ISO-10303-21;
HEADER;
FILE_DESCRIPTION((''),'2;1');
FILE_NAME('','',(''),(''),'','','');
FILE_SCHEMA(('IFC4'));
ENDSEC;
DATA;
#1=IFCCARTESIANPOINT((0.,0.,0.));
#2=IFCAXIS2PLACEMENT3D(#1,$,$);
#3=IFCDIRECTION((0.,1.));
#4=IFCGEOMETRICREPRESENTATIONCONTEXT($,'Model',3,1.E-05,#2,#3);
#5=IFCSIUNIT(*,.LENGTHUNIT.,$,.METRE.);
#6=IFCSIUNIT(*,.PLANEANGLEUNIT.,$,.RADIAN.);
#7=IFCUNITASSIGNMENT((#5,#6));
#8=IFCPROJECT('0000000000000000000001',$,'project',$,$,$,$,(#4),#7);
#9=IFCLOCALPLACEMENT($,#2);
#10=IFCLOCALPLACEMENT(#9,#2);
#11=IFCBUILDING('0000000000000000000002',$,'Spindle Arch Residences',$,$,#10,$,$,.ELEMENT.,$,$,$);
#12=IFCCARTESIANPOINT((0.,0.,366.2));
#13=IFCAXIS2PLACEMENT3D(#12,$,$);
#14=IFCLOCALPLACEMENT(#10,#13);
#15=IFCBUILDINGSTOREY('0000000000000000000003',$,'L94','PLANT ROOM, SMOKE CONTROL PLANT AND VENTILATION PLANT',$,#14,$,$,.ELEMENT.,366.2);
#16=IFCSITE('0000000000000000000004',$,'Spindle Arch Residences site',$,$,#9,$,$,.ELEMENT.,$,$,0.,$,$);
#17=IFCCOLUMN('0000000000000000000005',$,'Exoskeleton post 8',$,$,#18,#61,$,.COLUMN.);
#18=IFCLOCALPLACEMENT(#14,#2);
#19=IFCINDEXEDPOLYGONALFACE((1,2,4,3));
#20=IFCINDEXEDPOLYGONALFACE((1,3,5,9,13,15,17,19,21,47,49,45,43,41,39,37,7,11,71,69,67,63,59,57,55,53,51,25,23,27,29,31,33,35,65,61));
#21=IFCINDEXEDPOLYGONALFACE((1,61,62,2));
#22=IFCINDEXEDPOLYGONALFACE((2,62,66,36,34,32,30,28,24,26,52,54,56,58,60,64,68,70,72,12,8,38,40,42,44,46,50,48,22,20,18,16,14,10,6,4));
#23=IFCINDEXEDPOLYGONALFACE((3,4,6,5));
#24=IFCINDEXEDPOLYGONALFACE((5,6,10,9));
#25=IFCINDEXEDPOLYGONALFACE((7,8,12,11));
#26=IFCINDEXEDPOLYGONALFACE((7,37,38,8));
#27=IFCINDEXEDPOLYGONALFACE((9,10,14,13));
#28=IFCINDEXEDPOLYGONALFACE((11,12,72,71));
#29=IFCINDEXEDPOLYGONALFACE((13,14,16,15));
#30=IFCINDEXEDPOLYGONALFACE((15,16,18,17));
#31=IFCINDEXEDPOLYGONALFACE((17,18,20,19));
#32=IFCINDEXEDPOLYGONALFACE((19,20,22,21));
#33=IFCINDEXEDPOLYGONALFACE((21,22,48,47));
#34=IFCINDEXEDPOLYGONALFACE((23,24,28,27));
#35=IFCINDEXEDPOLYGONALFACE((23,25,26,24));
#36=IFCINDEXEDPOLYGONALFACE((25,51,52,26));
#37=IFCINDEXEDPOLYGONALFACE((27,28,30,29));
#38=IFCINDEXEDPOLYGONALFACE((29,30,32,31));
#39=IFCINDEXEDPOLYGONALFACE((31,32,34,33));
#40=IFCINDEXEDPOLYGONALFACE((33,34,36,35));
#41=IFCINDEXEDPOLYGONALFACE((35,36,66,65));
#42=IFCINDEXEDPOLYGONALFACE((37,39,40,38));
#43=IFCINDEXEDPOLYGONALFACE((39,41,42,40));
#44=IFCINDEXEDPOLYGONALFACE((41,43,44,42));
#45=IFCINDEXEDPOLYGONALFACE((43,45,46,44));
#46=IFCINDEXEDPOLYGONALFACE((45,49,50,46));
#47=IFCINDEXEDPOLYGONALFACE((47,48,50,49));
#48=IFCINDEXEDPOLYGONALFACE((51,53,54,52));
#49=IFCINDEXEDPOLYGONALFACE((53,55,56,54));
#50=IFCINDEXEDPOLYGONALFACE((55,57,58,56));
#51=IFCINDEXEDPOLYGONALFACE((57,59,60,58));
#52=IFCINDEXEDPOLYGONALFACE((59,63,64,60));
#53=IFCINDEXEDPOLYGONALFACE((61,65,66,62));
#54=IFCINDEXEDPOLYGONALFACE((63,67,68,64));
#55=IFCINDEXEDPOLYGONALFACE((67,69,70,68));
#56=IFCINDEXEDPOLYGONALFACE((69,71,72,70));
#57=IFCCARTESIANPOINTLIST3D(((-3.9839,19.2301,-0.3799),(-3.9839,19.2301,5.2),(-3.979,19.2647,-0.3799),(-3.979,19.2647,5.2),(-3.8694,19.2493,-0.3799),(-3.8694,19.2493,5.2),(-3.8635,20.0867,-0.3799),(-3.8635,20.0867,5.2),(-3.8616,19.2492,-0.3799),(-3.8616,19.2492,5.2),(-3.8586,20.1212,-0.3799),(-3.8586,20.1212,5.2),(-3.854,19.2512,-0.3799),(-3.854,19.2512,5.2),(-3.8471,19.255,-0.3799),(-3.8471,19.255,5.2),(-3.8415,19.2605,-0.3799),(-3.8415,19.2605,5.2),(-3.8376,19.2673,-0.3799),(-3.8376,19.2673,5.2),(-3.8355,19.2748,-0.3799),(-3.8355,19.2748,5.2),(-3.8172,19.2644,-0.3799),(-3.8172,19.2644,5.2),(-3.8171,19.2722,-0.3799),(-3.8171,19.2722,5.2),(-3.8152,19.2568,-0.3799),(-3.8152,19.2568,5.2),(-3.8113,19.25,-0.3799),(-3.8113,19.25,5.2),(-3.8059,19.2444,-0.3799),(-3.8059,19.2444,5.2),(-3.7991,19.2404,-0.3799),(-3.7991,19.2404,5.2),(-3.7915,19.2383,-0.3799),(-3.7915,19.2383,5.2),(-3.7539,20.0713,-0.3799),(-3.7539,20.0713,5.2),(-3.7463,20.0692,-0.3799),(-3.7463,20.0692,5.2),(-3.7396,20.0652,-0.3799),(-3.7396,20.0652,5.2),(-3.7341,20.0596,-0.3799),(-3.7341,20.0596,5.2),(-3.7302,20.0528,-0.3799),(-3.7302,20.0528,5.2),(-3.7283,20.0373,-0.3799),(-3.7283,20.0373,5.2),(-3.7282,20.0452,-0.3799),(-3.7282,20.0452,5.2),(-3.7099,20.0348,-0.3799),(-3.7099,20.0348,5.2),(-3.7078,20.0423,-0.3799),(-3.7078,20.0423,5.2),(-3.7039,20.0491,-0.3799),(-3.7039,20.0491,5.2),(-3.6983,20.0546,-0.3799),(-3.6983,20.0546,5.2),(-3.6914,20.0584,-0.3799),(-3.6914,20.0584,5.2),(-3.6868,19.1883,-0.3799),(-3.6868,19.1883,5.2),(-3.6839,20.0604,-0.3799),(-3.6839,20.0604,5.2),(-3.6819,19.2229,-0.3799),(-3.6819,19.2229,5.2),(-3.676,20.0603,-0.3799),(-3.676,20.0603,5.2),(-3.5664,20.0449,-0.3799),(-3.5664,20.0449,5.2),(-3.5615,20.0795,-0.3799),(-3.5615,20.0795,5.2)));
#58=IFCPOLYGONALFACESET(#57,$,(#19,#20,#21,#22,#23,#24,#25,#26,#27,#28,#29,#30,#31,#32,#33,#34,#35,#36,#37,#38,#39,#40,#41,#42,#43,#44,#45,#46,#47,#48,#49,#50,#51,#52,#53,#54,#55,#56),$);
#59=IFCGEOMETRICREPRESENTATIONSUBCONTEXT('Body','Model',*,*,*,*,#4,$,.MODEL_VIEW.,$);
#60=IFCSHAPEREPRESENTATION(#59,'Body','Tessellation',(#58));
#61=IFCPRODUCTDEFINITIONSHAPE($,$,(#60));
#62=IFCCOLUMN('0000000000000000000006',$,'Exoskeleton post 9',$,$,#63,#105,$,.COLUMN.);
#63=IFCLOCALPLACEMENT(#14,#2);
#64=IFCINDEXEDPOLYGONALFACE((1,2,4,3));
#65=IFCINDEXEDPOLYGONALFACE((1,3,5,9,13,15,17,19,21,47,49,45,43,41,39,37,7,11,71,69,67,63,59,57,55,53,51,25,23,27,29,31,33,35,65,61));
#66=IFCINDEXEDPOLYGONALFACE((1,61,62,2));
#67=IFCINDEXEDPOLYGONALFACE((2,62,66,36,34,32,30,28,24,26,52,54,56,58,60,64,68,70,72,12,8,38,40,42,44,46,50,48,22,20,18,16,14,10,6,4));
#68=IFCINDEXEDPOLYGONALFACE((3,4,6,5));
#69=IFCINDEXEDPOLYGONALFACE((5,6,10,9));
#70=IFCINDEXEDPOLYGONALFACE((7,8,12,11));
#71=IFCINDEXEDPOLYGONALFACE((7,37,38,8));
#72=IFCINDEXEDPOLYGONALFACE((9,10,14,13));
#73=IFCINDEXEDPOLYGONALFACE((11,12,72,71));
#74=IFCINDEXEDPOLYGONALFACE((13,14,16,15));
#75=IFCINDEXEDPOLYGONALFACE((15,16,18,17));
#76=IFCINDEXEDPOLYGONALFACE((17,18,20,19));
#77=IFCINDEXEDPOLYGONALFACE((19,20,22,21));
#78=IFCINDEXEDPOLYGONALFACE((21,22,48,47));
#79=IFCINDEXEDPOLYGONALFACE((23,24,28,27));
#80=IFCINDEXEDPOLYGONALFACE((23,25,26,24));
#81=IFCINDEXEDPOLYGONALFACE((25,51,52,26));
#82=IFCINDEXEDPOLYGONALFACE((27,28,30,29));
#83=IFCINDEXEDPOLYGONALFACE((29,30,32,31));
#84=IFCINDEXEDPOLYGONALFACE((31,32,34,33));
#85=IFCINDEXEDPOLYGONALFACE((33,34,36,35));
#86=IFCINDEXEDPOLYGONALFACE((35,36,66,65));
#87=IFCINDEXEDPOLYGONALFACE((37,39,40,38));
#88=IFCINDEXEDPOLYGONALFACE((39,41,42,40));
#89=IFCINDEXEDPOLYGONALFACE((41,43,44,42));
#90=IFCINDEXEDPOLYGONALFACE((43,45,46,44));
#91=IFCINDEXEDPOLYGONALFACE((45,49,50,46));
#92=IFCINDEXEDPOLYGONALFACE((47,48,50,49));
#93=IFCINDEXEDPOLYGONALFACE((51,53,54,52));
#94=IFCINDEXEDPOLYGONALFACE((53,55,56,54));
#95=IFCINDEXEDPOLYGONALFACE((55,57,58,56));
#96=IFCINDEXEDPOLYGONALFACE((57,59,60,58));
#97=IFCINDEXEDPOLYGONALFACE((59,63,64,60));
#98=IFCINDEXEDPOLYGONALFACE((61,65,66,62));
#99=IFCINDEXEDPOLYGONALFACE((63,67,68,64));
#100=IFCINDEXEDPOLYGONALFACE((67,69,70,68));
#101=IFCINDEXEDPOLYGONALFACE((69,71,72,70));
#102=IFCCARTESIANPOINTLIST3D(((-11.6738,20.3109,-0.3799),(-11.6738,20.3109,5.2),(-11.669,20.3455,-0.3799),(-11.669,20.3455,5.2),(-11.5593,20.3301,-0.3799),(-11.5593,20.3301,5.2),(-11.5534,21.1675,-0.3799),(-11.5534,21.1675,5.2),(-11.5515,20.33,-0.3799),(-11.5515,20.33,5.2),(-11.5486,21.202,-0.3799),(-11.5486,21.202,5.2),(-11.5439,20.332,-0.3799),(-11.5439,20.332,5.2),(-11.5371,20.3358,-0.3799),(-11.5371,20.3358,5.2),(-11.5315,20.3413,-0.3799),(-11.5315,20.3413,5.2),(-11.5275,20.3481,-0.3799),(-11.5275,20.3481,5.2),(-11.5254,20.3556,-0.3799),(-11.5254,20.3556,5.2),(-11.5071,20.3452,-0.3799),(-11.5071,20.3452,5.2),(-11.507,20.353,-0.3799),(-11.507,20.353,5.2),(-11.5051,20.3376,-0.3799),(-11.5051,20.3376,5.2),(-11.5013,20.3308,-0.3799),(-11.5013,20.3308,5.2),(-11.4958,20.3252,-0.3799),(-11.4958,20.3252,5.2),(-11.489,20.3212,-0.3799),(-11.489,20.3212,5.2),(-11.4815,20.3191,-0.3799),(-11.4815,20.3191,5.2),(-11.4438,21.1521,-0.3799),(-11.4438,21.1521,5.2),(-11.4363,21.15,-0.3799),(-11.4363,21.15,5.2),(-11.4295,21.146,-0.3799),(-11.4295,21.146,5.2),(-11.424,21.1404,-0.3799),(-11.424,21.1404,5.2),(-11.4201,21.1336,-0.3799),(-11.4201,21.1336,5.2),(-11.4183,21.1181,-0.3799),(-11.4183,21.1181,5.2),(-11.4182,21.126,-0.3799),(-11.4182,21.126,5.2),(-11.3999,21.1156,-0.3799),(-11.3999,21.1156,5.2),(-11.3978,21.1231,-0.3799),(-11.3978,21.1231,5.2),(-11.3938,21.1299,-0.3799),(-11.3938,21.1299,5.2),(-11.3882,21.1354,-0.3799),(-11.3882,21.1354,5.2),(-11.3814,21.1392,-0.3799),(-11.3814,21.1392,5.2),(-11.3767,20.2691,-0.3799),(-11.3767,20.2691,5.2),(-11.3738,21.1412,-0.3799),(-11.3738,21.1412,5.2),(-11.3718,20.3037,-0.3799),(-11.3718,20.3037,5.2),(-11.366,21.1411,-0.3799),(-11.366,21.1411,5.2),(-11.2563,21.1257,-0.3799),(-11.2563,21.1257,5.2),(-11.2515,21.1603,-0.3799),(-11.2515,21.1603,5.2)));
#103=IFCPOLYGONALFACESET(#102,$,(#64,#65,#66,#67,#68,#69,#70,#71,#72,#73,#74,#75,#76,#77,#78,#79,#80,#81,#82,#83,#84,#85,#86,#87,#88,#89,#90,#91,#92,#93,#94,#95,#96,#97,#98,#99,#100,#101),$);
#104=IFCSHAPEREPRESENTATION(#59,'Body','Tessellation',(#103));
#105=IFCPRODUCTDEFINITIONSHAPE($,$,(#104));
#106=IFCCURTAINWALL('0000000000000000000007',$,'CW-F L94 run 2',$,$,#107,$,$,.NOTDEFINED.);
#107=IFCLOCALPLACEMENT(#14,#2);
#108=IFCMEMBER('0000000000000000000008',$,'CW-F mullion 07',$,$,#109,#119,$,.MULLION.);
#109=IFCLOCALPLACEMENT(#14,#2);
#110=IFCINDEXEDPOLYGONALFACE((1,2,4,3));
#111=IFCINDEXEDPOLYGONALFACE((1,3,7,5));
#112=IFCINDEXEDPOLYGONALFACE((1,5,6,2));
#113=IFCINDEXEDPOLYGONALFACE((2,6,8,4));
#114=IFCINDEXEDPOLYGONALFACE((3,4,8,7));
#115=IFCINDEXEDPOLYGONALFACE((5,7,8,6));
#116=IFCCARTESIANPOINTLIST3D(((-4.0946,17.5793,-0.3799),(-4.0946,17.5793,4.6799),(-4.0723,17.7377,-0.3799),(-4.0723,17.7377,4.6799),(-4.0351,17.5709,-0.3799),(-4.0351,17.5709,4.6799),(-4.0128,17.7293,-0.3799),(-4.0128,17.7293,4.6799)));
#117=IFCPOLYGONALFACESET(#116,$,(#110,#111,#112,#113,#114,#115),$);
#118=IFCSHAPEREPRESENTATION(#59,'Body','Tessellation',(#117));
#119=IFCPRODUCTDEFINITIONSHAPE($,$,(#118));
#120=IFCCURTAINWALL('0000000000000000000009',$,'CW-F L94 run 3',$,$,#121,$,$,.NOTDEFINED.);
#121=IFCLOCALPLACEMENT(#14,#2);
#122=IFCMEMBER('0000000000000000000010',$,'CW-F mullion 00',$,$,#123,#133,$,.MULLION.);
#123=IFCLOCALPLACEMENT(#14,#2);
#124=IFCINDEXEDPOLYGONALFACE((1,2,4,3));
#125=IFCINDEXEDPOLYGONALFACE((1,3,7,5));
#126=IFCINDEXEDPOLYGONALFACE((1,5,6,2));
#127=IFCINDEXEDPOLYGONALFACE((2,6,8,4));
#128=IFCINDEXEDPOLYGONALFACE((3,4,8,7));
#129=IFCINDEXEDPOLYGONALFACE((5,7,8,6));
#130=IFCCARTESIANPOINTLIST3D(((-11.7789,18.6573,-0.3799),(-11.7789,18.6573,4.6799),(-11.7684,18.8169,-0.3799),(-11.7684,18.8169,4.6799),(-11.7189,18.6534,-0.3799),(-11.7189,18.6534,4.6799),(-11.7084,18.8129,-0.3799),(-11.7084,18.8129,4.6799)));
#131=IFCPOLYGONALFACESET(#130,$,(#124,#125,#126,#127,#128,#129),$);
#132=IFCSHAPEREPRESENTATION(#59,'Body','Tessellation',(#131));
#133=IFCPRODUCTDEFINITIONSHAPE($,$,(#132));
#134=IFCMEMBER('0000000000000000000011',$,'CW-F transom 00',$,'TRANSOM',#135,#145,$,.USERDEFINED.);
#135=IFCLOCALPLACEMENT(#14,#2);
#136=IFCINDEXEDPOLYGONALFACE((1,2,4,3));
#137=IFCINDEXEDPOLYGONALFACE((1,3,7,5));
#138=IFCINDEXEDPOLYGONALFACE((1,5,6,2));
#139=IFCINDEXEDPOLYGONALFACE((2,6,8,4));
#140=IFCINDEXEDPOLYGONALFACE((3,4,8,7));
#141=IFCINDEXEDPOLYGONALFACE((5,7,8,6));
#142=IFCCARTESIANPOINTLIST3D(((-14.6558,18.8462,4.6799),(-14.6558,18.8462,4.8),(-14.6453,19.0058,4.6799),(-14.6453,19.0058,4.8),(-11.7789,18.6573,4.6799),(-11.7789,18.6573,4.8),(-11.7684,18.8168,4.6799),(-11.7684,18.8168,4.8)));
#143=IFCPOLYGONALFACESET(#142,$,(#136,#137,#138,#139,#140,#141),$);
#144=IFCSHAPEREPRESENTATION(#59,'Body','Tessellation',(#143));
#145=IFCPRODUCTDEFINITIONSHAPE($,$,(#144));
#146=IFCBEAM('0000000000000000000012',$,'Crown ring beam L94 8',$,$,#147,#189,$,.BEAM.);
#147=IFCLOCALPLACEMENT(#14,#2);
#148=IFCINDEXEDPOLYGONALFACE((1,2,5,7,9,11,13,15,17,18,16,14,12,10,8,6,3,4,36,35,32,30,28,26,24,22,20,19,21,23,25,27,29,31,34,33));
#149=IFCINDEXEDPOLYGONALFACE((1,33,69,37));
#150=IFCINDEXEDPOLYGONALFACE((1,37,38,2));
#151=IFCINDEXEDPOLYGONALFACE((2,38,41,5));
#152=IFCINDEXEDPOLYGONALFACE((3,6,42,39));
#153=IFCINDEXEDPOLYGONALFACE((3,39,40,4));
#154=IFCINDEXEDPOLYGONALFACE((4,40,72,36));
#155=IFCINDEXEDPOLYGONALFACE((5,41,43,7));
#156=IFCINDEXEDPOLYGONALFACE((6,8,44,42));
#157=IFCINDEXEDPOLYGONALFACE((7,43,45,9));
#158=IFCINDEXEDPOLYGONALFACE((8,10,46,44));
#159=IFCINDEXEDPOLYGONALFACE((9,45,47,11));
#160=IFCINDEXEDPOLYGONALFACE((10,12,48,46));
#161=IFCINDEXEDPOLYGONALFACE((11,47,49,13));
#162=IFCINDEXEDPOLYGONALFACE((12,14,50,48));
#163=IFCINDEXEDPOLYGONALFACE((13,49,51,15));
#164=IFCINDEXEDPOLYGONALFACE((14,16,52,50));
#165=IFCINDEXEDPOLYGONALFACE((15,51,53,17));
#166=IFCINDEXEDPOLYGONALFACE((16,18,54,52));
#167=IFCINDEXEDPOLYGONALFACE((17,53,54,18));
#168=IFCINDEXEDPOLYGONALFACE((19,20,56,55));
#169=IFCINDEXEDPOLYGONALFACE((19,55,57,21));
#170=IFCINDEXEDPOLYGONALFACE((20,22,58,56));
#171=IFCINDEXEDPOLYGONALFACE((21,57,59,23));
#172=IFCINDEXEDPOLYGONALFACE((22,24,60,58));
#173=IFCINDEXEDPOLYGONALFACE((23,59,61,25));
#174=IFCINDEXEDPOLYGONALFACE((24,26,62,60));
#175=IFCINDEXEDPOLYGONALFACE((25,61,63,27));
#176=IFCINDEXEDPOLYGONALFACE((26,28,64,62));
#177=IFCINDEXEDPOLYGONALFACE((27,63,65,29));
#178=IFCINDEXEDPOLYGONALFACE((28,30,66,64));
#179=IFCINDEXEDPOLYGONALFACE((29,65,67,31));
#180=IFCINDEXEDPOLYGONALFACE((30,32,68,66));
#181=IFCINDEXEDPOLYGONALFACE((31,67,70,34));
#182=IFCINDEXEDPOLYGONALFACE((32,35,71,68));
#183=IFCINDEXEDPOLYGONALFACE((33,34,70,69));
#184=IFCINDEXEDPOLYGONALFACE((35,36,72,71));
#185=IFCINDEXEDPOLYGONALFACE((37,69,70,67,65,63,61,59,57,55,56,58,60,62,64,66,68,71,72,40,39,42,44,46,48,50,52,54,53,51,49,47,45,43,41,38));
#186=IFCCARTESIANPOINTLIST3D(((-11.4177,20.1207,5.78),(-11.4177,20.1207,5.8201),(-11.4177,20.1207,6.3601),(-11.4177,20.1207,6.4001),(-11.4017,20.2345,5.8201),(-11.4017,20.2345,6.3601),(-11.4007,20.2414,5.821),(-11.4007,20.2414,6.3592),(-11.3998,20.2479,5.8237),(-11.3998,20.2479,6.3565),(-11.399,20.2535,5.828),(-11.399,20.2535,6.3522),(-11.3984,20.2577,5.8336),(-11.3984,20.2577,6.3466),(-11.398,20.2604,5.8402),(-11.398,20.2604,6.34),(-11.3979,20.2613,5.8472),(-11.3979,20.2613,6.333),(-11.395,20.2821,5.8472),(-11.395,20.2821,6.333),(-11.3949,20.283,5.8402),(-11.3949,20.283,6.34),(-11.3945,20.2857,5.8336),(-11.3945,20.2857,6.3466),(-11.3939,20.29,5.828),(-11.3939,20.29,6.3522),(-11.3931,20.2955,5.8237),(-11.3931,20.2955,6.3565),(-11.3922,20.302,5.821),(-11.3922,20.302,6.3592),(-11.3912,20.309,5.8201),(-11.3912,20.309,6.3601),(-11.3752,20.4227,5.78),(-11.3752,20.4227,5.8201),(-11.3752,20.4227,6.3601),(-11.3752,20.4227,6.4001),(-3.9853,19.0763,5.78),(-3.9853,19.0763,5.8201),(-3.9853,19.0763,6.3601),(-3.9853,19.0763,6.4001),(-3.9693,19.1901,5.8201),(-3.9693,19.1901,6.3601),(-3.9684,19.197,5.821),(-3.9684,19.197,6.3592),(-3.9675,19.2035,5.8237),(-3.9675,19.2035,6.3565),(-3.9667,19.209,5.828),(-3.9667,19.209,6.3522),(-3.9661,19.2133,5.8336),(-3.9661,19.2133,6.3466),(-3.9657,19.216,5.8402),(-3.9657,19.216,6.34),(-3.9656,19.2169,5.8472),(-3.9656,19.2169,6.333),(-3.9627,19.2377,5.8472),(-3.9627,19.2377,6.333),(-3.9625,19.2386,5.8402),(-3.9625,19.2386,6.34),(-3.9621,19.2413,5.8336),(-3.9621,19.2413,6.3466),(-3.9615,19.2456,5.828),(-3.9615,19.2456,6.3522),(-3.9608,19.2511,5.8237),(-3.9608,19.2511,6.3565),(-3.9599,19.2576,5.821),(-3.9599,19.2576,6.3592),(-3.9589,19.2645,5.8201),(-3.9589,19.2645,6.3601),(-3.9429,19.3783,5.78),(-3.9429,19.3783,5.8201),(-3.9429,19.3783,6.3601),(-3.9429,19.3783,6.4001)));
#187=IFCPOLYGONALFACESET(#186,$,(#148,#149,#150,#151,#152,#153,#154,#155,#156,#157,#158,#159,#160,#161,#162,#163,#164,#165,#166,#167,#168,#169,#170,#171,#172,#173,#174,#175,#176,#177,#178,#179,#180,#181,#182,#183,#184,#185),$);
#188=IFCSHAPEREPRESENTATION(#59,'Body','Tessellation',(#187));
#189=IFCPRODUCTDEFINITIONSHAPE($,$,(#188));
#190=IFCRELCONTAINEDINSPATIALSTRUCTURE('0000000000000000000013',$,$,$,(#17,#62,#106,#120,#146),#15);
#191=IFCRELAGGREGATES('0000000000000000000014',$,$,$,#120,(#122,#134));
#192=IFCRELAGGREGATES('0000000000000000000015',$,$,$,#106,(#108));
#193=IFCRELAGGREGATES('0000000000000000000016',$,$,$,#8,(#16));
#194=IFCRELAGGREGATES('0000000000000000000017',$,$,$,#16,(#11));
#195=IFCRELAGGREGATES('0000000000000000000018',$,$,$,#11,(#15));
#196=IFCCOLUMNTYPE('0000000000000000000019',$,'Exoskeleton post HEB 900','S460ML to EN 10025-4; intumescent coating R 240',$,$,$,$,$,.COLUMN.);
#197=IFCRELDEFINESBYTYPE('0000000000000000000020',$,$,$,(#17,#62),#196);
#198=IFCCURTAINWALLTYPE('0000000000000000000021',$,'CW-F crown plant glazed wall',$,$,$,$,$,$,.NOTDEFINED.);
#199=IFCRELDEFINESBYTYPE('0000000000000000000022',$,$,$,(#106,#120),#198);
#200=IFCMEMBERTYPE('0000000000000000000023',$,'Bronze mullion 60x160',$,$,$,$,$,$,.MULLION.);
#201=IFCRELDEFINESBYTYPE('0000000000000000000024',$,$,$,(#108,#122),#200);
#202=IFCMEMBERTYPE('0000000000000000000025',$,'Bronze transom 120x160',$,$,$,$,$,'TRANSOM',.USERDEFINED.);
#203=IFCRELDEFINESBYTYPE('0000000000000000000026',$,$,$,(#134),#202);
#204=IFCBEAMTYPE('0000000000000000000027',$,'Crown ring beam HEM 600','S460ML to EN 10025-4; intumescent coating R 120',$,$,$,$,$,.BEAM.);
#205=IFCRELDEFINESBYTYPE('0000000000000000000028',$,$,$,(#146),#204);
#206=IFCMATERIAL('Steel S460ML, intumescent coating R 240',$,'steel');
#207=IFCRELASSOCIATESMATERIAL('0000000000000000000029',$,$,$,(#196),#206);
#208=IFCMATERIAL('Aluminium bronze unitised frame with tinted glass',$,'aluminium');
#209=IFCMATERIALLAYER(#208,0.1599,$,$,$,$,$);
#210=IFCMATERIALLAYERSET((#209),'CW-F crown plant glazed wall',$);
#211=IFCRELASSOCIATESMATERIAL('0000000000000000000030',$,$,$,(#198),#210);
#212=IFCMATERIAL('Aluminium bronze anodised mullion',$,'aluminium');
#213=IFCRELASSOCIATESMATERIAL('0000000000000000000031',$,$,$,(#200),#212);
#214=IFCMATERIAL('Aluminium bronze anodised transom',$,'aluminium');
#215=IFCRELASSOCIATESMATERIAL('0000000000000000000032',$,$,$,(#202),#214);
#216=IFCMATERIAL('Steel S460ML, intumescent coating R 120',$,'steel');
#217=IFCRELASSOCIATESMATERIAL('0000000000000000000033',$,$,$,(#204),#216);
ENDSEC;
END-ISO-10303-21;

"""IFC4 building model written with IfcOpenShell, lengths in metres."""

from ifc_helpers import new_model, si_unit, direction, frame, origin, origin_2d, place, context, subcontext, project, spatial, rectangle, i_section, extrude, material, layer, layer_set, material_profile, profile_set, type_object, element, aggregate, save


model = new_model("IFC4")

# Units and contexts
model_context = context("Model", 3, precision=1e-05, world=origin(), true_north=direction((0.0, 1.0)))
body_context = subcontext(model_context, "Body", "Model", "MODEL_VIEW")
ifc_project = project(units=[si_unit("LENGTHUNIT", "METRE"), si_unit("PLANEANGLEUNIT", "RADIAN")], contexts=[model_context])

# Site, building, storey
site_placement = place(None, origin())
site = spatial("IfcSite", under=ifc_project, at=site_placement, Name="Spindle Arch Residences site", CompositionType="ELEMENT", RefElevation=0.0)
building_placement = place(site_placement, origin())
building = spatial("IfcBuilding", under=site, at=building_placement, Name="Spindle Arch Residences", CompositionType="ELEMENT")
storey_placement = place(building_placement, frame((0.0, 0.0, 366.2)))
storey = spatial("IfcBuildingStorey", under=building, at=storey_placement, Name="L94", Description="PLANT ROOM, SMOKE CONTROL PLANT AND VENTILATION PLANT", CompositionType="ELEMENT", Elevation=366.2)

# Columns
ifc_material_1 = material(Name="Steel S460ML, intumescent coating R 240", Category="steel")
ifc_material_profile_1 = material_profile(ifc_material_1, i_section(OverallWidth=0.3, OverallDepth=0.8999, WebThickness=0.0186, FlangeThickness=0.0349, FilletRadius=0.03, at=origin_2d()), Name="HEB 900")
ifc_profile_set_1 = profile_set([ifc_material_profile_1], Name="Steel S460ML, intumescent coating R 240")
column_type = type_object("IfcColumnType", Name="Exoskeleton post HEB 900", Description="S460ML to EN 10025-4; intumescent coating R 240", PredefinedType="COLUMN", material=ifc_profile_set_1)
for number, where, z_axis, x_axis, name in (
    (1, (-3.7727, 19.6548, -0.3799), (0.0, 0.0, 1.0), (0.990268, -0.139173, 0.0), "Exoskeleton post 8"),
    (2, (-11.4626, 20.7356, -0.3799), (0.0, 0.0, 1.0), (0.990268, -0.139173, 0.0), "Exoskeleton post 9"),
):
    element("IfcColumn", number, at=place(storey_placement, frame(where, z_axis=z_axis, x_axis=x_axis)), inside=storey, type_object=column_type, Name=name, PredefinedType="COLUMN", context=body_context, shape_type="SweptSolid", body=[
        extrude(i_section(OverallWidth=0.3, OverallDepth=0.8999, WebThickness=0.0186, FlangeThickness=0.0349, FilletRadius=0.03, at=origin_2d()), origin(), (0.0, 0.0, 1.0), 5.5798),
    ])

# Curtain wall, member
ifc_material_2 = material(Name="Aluminium bronze unitised frame with tinted glass", Category="aluminium")
ifc_layer_1 = layer(ifc_material_2, 0.1599)
ifc_layer_set_1 = layer_set([ifc_layer_1], Name="CW-F crown plant glazed wall")
curtain_wall_type = type_object("IfcCurtainWallType", Name="CW-F crown plant glazed wall", PredefinedType="NOTDEFINED", material=ifc_layer_set_1)
curtain_wall_1_placement = place(storey_placement, origin())
curtain_wall_1 = element("IfcCurtainWall", 3, at=curtain_wall_1_placement, inside=storey, type_object=curtain_wall_type, Name="CW-F L94 run 2", PredefinedType="NOTDEFINED")
ifc_material_3 = material(Name="Aluminium bronze anodised mullion", Category="aluminium")
ifc_material_profile_2 = material_profile(ifc_material_3, rectangle(XDim=0.1599, YDim=0.0601, at=origin_2d()), Name="MU 60x160")
ifc_profile_set_2 = profile_set([ifc_material_profile_2], Name="Aluminium bronze anodised mullion")
member_type_1 = type_object("IfcMemberType", Name="Bronze mullion 60x160", PredefinedType="MULLION", material=ifc_profile_set_2)
member_1_placement = place(storey_placement, frame((-4.0537, 17.6543, -0.3799), z_axis=(0.0, 0.0, 1.0), x_axis=(-0.139173, -0.990268, 0.0)))
member_1 = element("IfcMember", 4, at=member_1_placement, type_object=member_type_1, Name="CW-F mullion 07", PredefinedType="MULLION", context=body_context, shape_type="SweptSolid", body=[
    extrude(rectangle(XDim=0.1599, YDim=0.0601, at=origin_2d()), origin(), (0.0, 0.0, 1.0), 5.0598),
])

# Curtain wall, members
curtain_wall_2_placement = place(storey_placement, origin())
curtain_wall_2 = element("IfcCurtainWall", 5, at=curtain_wall_2_placement, inside=storey, type_object=curtain_wall_type, Name="CW-F L94 run 3", PredefinedType="NOTDEFINED")
member_2_placement = place(storey_placement, frame((-11.7437, 18.7351, -0.3799), z_axis=(0.0, 0.0, 1.0), x_axis=(-0.06551, -0.997852, 0.0)))
member_2 = element("IfcMember", 6, at=member_2_placement, type_object=member_type_1, Name="CW-F mullion 00", PredefinedType="MULLION", context=body_context, shape_type="SweptSolid", body=[
    extrude(rectangle(XDim=0.1599, YDim=0.0601, at=origin_2d()), origin(), (0.0, 0.0, 1.0), 5.0598),
])
ifc_material_4 = material(Name="Aluminium bronze anodised transom", Category="aluminium")
ifc_material_profile_3 = material_profile(ifc_material_4, rectangle(XDim=0.1599, YDim=0.1201, at=origin_2d()), Name="TR 120x160")
ifc_profile_set_3 = profile_set([ifc_material_profile_3], Name="Aluminium bronze anodised transom")
member_type_2 = type_object("IfcMemberType", Name="Bronze transom 120x160", ElementType="TRANSOM", PredefinedType="USERDEFINED", material=ifc_profile_set_3)
member_3_placement = place(storey_placement, frame((-11.7737, 18.7371, 4.74), z_axis=(-0.99785, 0.065541, 0.0), x_axis=(-0.065541, -0.99785, 0.0)))
member_3 = element("IfcMember", 7, at=member_3_placement, type_object=member_type_2, Name="CW-F transom 00", ObjectType="TRANSOM", PredefinedType="USERDEFINED", context=body_context, shape_type="SweptSolid", body=[
    extrude(rectangle(XDim=0.1599, YDim=0.1201, at=origin_2d()), origin(), (0.0, 0.0, 1.0), 2.8831),
])
aggregate(curtain_wall_2, [member_2, member_3])

# Beam
ifc_material_5 = material(Name="Steel S460ML, intumescent coating R 120", Category="steel")
ifc_material_profile_4 = material_profile(ifc_material_5, i_section(OverallWidth=0.3049, OverallDepth=0.6201, WebThickness=0.021, FlangeThickness=0.04, FilletRadius=0.0271, at=origin_2d()), Name="HEM 600")
ifc_profile_set_4 = profile_set([ifc_material_profile_4], Name="Steel S460ML, intumescent coating R 120")
beam_type_1 = type_object("IfcBeamType", Name="Crown ring beam HEM 600", Description="S460ML to EN 10025-4; intumescent coating R 120", PredefinedType="BEAM", material=ifc_profile_set_4)
beam_1_placement = place(storey_placement, frame((-3.9641, 19.2273, 6.0901), z_axis=(-0.99027, 0.139158, 0.0), x_axis=(-0.139158, -0.99027, 0.0)))
element("IfcBeam", 8, at=beam_1_placement, inside=storey, type_object=beam_type_1, Name="Crown ring beam L94 8", PredefinedType="BEAM", context=body_context, shape_type="SweptSolid", body=[
    extrude(i_section(OverallWidth=0.3049, OverallDepth=0.6201, WebThickness=0.021, FlangeThickness=0.04, FilletRadius=0.0271, at=origin_2d()), origin(), (0.0, 0.0, 1.0), 7.5054),
])

aggregate(curtain_wall_1, [member_1])

save(model, "model.ifc")
